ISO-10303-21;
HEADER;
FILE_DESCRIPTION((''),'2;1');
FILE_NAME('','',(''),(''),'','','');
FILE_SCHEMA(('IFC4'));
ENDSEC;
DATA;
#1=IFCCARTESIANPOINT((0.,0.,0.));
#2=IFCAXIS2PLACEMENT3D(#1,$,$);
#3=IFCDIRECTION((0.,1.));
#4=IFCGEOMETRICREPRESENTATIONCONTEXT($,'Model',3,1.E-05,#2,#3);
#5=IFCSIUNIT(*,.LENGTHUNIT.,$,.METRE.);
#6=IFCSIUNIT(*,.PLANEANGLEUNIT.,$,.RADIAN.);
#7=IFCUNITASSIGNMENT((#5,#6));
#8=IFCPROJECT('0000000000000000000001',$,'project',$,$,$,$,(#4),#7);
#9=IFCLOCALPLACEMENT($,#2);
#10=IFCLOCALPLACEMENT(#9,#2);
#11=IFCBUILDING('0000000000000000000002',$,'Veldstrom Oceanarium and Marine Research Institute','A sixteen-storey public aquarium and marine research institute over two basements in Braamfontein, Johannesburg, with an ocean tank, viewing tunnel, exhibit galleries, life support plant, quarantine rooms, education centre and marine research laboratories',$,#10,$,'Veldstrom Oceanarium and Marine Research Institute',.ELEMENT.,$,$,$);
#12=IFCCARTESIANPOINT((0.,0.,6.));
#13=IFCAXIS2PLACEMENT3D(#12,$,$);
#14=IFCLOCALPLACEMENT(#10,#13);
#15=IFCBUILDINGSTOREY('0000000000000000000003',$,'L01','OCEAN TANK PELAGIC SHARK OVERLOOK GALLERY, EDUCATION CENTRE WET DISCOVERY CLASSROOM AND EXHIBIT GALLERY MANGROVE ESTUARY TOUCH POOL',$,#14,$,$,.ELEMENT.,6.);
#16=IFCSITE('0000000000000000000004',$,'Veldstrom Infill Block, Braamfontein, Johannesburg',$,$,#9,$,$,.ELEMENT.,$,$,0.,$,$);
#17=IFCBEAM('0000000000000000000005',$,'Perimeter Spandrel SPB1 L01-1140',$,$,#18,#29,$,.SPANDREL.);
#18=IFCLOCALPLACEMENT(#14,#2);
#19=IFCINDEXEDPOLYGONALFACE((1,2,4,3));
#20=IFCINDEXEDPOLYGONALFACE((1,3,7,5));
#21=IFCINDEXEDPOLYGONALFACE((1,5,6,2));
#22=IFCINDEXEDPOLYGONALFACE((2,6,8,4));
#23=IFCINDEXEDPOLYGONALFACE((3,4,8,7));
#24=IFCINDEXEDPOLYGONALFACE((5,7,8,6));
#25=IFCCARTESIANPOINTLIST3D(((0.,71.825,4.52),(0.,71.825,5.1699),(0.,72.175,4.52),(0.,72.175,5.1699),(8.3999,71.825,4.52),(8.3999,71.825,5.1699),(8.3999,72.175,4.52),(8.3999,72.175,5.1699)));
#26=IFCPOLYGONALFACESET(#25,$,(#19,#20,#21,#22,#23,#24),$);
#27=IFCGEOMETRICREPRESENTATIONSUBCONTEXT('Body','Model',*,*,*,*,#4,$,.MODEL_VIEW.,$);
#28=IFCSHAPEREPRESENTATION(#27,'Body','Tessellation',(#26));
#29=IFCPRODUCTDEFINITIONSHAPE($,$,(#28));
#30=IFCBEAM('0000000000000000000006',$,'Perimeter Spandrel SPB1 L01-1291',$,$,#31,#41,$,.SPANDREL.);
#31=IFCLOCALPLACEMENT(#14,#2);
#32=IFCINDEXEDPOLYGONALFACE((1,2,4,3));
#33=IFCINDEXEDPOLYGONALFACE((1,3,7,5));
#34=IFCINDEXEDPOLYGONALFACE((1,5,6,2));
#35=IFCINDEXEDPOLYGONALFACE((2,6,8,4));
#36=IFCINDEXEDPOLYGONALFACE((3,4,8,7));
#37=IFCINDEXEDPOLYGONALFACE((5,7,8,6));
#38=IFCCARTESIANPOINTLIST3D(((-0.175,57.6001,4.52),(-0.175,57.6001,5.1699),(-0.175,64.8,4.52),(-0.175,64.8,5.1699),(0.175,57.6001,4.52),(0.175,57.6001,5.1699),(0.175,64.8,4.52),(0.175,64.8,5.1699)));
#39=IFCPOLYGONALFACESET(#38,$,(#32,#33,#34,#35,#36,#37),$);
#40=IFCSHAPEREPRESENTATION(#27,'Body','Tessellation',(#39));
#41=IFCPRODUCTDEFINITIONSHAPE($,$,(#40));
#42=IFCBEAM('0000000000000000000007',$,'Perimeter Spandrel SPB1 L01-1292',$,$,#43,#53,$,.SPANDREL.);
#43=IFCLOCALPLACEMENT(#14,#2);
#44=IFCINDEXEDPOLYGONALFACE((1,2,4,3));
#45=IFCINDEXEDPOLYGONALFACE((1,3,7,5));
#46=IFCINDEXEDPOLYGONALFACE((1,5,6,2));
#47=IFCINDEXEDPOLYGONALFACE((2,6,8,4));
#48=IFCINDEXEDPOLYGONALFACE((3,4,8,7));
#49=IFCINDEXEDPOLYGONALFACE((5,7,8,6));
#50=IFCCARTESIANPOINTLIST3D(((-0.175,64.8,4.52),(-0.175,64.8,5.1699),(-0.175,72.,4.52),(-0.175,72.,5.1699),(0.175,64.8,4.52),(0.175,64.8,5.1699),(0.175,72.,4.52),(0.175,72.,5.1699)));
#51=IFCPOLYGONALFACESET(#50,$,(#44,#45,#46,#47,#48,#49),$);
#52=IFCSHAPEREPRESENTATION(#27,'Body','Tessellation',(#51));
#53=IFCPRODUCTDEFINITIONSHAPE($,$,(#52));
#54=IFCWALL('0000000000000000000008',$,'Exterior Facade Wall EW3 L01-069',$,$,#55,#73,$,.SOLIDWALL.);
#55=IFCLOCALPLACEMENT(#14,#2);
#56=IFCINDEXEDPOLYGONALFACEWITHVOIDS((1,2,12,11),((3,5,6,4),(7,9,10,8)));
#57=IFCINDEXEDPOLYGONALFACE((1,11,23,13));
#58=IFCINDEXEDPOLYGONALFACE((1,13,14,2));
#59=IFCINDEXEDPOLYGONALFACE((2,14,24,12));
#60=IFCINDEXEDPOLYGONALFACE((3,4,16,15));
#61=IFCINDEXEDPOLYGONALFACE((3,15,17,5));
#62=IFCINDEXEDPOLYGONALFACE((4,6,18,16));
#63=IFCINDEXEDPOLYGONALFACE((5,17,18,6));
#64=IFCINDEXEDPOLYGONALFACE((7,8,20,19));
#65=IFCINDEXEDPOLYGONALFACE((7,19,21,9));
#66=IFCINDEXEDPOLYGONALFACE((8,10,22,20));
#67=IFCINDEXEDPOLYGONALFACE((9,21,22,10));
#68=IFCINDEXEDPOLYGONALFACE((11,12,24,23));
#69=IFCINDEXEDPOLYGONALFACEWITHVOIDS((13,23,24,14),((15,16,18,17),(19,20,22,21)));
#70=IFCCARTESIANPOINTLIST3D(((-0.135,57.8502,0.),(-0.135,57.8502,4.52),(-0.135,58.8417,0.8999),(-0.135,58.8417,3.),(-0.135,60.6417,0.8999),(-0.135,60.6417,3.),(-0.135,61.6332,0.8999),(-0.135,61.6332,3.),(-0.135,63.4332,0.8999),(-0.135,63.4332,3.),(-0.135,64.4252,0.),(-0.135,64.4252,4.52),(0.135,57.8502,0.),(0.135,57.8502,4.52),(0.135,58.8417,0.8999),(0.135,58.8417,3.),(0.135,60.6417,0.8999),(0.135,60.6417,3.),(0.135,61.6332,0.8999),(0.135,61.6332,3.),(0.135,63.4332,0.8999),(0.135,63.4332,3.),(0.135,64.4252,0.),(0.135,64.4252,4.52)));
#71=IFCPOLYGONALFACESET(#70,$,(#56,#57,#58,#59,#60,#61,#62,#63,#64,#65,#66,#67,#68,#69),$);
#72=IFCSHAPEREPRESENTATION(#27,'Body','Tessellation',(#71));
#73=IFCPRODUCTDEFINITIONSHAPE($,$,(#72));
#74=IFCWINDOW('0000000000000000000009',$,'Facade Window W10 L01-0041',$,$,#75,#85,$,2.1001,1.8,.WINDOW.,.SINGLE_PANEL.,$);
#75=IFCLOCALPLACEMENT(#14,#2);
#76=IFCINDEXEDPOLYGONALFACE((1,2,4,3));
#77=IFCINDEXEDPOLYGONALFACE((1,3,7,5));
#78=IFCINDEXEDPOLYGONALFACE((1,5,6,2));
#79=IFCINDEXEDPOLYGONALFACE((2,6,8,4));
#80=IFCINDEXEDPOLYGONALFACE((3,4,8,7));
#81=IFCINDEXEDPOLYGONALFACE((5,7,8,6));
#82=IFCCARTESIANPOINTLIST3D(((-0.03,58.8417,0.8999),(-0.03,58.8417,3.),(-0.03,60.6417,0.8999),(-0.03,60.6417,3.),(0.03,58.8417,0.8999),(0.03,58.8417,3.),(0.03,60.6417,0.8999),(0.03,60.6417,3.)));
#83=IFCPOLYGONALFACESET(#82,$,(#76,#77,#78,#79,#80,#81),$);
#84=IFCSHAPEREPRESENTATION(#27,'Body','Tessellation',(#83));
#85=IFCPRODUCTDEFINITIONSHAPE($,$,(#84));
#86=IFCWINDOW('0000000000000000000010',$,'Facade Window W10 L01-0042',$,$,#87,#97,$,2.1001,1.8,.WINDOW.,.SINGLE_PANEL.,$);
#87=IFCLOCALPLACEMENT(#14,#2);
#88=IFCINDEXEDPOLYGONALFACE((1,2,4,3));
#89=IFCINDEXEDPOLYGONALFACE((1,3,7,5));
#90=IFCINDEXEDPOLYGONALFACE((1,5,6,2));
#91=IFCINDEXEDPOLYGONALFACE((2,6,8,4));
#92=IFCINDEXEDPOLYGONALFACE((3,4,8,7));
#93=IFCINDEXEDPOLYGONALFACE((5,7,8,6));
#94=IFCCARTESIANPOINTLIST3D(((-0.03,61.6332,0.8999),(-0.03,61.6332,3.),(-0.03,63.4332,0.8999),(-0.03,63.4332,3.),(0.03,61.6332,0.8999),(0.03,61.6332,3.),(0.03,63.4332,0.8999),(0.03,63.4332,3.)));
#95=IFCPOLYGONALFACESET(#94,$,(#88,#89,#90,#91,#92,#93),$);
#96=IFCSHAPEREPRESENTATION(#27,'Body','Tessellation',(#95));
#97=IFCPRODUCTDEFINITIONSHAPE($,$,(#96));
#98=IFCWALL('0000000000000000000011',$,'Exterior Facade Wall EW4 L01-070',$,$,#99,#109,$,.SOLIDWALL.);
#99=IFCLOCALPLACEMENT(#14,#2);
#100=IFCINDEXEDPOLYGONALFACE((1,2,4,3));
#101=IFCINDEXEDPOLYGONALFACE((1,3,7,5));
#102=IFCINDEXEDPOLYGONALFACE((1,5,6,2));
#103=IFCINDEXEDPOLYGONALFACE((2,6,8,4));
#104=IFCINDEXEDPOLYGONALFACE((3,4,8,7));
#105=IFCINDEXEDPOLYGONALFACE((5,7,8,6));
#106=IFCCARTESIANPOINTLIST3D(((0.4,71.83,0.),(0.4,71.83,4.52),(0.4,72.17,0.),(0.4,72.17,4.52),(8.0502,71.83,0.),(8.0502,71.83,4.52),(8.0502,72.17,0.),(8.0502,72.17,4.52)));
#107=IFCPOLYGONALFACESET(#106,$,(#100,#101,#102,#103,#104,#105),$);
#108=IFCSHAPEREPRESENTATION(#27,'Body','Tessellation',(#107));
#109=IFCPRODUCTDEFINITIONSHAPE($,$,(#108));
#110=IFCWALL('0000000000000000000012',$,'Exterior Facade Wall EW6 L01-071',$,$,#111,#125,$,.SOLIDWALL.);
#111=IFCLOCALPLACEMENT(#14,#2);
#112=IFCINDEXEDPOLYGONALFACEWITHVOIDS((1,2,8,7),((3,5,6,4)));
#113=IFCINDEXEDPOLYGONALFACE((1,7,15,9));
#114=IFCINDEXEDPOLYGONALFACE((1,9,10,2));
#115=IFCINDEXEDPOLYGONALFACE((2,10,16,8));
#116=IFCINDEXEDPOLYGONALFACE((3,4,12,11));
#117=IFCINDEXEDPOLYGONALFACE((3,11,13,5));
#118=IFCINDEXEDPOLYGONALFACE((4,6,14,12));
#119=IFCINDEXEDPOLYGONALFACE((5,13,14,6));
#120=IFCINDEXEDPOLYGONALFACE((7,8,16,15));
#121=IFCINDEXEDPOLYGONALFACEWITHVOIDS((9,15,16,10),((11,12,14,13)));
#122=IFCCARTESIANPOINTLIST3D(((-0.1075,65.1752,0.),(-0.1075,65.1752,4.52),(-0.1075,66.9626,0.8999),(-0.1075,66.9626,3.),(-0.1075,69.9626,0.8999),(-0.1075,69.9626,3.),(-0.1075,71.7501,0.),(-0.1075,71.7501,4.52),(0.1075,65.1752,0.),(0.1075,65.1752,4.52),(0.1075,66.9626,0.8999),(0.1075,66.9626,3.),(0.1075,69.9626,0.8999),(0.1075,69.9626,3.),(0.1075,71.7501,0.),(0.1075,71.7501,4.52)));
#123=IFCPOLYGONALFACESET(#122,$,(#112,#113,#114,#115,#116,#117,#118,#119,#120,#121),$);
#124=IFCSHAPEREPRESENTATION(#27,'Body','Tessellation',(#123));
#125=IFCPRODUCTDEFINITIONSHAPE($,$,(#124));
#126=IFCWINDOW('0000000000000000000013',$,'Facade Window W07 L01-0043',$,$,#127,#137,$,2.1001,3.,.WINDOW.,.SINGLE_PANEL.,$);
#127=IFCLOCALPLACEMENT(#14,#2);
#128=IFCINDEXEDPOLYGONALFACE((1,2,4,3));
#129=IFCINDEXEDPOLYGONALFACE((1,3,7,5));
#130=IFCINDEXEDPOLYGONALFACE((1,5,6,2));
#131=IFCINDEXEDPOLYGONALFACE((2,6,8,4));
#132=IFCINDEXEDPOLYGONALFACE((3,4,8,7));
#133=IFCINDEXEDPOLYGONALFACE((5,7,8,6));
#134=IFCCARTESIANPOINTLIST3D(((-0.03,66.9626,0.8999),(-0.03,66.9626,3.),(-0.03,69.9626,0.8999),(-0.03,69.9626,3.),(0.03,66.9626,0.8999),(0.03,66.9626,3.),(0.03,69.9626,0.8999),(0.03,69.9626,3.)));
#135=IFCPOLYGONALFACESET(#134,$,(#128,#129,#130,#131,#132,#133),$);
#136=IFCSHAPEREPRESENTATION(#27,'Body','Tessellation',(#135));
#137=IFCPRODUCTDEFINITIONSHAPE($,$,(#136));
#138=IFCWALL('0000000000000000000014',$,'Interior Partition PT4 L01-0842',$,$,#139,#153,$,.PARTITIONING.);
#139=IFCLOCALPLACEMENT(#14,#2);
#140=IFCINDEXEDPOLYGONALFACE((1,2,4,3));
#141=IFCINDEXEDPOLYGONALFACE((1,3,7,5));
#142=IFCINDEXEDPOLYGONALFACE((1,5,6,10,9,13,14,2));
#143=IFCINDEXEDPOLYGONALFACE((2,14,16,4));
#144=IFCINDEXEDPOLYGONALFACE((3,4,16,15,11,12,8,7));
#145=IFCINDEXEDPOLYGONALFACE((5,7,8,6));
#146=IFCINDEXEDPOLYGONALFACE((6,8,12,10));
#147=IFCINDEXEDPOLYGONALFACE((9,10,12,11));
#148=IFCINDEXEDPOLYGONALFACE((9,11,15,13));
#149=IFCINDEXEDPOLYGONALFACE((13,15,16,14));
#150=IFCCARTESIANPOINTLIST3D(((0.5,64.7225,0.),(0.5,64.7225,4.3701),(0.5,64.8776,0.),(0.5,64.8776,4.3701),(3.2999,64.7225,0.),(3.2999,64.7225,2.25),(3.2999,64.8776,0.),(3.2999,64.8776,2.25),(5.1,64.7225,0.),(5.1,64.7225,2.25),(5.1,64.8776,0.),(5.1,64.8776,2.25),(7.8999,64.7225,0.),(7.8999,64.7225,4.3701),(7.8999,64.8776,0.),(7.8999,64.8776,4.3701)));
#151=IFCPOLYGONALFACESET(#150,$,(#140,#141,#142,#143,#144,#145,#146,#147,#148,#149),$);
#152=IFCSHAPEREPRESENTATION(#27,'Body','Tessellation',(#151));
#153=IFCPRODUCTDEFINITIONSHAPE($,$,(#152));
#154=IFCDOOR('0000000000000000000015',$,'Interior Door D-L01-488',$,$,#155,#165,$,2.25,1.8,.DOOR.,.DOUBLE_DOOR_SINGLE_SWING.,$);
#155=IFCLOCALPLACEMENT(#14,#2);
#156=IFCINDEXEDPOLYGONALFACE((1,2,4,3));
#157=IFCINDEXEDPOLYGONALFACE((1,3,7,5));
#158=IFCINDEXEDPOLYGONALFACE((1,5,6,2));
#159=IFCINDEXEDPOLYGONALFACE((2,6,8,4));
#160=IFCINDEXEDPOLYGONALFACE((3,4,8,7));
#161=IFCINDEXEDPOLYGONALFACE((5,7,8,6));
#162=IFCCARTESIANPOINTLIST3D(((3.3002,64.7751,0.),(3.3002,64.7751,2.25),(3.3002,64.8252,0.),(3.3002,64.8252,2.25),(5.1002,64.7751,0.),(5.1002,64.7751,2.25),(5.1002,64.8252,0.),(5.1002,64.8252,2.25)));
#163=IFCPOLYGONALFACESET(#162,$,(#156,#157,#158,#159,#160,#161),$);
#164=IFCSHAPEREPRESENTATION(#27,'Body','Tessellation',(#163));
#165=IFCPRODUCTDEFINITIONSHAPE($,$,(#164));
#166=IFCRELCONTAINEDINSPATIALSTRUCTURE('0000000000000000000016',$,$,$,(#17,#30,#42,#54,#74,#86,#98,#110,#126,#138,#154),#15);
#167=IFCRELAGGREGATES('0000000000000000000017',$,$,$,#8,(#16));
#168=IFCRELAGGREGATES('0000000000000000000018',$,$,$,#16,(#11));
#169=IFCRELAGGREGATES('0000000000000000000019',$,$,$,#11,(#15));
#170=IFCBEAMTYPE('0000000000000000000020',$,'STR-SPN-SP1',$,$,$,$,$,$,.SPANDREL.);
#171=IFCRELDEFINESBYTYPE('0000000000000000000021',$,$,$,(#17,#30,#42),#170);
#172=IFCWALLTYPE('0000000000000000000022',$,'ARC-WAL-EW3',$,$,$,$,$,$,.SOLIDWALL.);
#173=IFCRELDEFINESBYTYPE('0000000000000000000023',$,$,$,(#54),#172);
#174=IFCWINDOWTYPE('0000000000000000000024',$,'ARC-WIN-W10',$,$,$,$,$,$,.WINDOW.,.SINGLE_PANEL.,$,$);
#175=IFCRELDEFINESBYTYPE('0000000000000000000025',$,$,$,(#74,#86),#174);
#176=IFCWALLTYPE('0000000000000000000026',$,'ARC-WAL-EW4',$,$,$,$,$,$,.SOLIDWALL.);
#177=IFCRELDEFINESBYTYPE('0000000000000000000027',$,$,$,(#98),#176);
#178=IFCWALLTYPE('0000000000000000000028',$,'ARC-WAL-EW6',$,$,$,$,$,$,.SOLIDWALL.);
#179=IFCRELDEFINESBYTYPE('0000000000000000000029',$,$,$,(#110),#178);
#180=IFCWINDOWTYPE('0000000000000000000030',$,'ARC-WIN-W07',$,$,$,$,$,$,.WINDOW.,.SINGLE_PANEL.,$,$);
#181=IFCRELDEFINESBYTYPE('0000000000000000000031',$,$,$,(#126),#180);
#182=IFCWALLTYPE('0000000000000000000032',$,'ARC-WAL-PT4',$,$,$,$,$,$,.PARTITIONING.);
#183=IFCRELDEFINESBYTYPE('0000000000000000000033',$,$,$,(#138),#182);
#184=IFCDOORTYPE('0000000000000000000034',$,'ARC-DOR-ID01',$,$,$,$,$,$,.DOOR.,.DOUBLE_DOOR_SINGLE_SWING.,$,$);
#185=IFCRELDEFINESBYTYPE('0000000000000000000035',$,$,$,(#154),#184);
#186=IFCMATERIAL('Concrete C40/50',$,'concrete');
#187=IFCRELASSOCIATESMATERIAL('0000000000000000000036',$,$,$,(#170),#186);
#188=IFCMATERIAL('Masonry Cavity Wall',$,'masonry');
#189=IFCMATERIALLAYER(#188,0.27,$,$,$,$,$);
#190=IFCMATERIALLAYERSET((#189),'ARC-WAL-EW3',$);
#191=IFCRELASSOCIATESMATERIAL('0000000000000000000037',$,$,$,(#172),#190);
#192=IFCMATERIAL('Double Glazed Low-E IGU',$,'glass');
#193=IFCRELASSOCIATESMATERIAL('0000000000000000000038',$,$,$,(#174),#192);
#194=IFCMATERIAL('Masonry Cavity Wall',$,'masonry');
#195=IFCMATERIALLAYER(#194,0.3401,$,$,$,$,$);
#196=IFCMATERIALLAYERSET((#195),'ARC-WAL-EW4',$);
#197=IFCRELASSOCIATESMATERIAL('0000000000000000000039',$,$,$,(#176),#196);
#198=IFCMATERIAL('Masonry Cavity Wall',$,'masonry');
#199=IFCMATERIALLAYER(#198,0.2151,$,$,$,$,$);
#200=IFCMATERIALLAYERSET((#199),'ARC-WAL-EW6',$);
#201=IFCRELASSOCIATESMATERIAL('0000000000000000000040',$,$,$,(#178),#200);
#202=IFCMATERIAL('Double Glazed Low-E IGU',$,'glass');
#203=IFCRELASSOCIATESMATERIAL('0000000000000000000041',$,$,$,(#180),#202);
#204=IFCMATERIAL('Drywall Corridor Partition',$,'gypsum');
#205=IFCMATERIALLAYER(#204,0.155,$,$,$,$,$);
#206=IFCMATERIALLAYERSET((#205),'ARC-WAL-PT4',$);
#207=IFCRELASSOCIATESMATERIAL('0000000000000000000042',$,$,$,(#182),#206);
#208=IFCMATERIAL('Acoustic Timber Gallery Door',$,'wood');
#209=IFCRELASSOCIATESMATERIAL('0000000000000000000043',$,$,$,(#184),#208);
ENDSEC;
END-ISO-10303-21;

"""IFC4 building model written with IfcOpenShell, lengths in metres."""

from ifc_helpers import new_model, si_unit, direction, frame, frame_2d, origin, origin_2d, place, context, subcontext, project, spatial, rectangle, extrude, material, layer, layer_set, material_profile, profile_set, type_object, element, fill, save


model = new_model("IFC4")

# Units and contexts
model_context = context("Model", 3, precision=1e-05, world=origin(), true_north=direction((0.0, 1.0)))
body_context = subcontext(model_context, "Body", "Model", "MODEL_VIEW")
ifc_project = project(units=[si_unit("LENGTHUNIT", "METRE"), si_unit("PLANEANGLEUNIT", "RADIAN")], contexts=[model_context])

# Site, building, storey
site_placement = place(None, origin())
site = spatial("IfcSite", under=ifc_project, at=site_placement, Name="Veldstrom Infill Block, Braamfontein, Johannesburg", CompositionType="ELEMENT", RefElevation=0.0)
building_placement = place(site_placement, origin())
building = spatial("IfcBuilding", under=site, at=building_placement, Name="Veldstrom Oceanarium and Marine Research Institute", Description="A sixteen-storey public aquarium and marine research institute over two basements in Braamfontein, Johannesburg, with an ocean tank, viewing tunnel, exhibit galleries, life support plant, quarantine rooms, education centre and marine research laboratories", LongName="Veldstrom Oceanarium and Marine Research Institute", CompositionType="ELEMENT")
storey_placement = place(building_placement, frame((0.0, 0.0, 6.0)))
storey = spatial("IfcBuildingStorey", under=building, at=storey_placement, Name="L01", Description="OCEAN TANK PELAGIC SHARK OVERLOOK GALLERY, EDUCATION CENTRE WET DISCOVERY CLASSROOM AND EXHIBIT GALLERY MANGROVE ESTUARY TOUCH POOL", CompositionType="ELEMENT", Elevation=6.0)

# Beams
ifc_material_1 = material(Name="Concrete C40/50", Category="concrete")
ifc_material_profile_1 = material_profile(ifc_material_1, rectangle(XDim=0.3501, YDim=0.6499, at=origin_2d()), Name="RC-SPN-350x650")
ifc_profile_set_1 = profile_set([ifc_material_profile_1], Name="Concrete C40/50")
beam_type_1 = type_object("IfcBeamType", Name="STR-SPN-SP1", PredefinedType="SPANDREL", material=ifc_profile_set_1)
beam_1_placement = place(storey_placement, frame((0.0, 72.0, 4.845), z_axis=(1.0, 0.0, 0.0), x_axis=(0.0, 1.0, 0.0)))
element("IfcBeam", 1, at=beam_1_placement, inside=storey, type_object=beam_type_1, Name="Perimeter Spandrel SPB1 L01-1140", PredefinedType="SPANDREL", context=body_context, shape_type="SweptSolid", body=[
    extrude(rectangle(XDim=0.3501, YDim=0.6499, at=origin_2d()), origin(), (0.0, 0.0, 1.0), 8.3999),
])
for number, where, z_axis, x_axis, name in (
    (2, (0.0, 57.6001, 4.845), (0.0, 1.0, 0.0), (-1.0, 0.0, 0.0), "Perimeter Spandrel SPB1 L01-1291"),
    (3, (0.0, 64.8, 4.845), (0.0, 1.0, 0.0), (-1.0, 0.0, 0.0), "Perimeter Spandrel SPB1 L01-1292"),
):
    element("IfcBeam", number, at=place(storey_placement, frame(where, z_axis=z_axis, x_axis=x_axis)), inside=storey, type_object=beam_type_1, Name=name, PredefinedType="SPANDREL", context=body_context, shape_type="SweptSolid", body=[
        extrude(rectangle(XDim=0.3501, YDim=0.6499, at=origin_2d()), origin(), (0.0, 0.0, 1.0), 7.2),
    ])

# Wall, openings, windows
ifc_material_2 = material(Name="Masonry Cavity Wall", Category="masonry")
ifc_layer_1 = layer(ifc_material_2, 0.27)
ifc_layer_set_1 = layer_set([ifc_layer_1], Name="ARC-WAL-EW3")
wall_type_1 = type_object("IfcWallType", Name="ARC-WAL-EW3", PredefinedType="SOLIDWALL", material=ifc_layer_set_1)
wall_1_placement = place(storey_placement, frame((0.0, 57.8501, 0.0), z_axis=(0.0, 0.0, 1.0), x_axis=(0.0, 1.0, 0.0)))
wall_1 = element("IfcWall", 4, at=wall_1_placement, inside=storey, type_object=wall_type_1, Name="Exterior Facade Wall EW3 L01-069", PredefinedType="SOLIDWALL", context=body_context, shape_type="SweptSolid", body=[
    extrude(rectangle(XDim=6.575, YDim=0.27, at=frame_2d((3.2876, 0.0))), origin(), (0.0, 0.0, 1.0), 4.52),
])
opening_1_placement = place(wall_1_placement, frame((0.9917, 0.0, 0.8999)))
opening_1 = element("IfcOpeningElement", 5, at=opening_1_placement, cuts=wall_1, PredefinedType="OPENING", context=body_context, shape_type="SweptSolid", body=[
    extrude(rectangle(XDim=1.8, YDim=2.1001, at=frame_2d((0.8999, 1.05))), frame((0.0, 0.145, 0.0), z_axis=(0.0, -1.0, 0.0), x_axis=(1.0, 0.0, 0.0)), (0.0, 0.0, 1.0), 0.29),
])
opening_2_placement = place(wall_1_placement, frame((3.7832, 0.0, 0.8999)))
opening_2 = element("IfcOpeningElement", 6, at=opening_2_placement, cuts=wall_1, PredefinedType="OPENING", context=body_context, shape_type="SweptSolid", body=[
    extrude(rectangle(XDim=1.8, YDim=2.1001, at=frame_2d((0.8999, 1.05))), frame((0.0, 0.145, 0.0), z_axis=(0.0, -1.0, 0.0), x_axis=(1.0, 0.0, 0.0)), (0.0, 0.0, 1.0), 0.29),
])
ifc_material_3 = material(Name="Double Glazed Low-E IGU", Category="glass")
window_type_1 = type_object("IfcWindowType", Name="ARC-WIN-W10", PartitioningType="SINGLE_PANEL", PredefinedType="WINDOW", material=ifc_material_3)
window_1_placement = place(opening_1_placement, origin())
window_1 = element("IfcWindow", 7, at=window_1_placement, inside=storey, type_object=window_type_1, Name="Facade Window W10 L01-0041", OverallHeight=2.1001, OverallWidth=1.8, PartitioningType="SINGLE_PANEL", PredefinedType="WINDOW", context=body_context, shape_type="SweptSolid", body=[
    extrude(rectangle(XDim=1.8, YDim=2.1001, at=frame_2d((0.8999, 1.05))), frame((0.0, 0.03, 0.0), z_axis=(0.0, -1.0, 0.0), x_axis=(1.0, 0.0, 0.0)), (0.0, 0.0, 1.0), 0.0601),
])
fill(opening_1, window_1)
window_2_placement = place(opening_2_placement, origin())
window_2 = element("IfcWindow", 8, at=window_2_placement, inside=storey, type_object=window_type_1, Name="Facade Window W10 L01-0042", OverallHeight=2.1001, OverallWidth=1.8, PartitioningType="SINGLE_PANEL", PredefinedType="WINDOW", context=body_context, shape_type="SweptSolid", body=[
    extrude(rectangle(XDim=1.8, YDim=2.1001, at=frame_2d((0.8999, 1.05))), frame((0.0, 0.03, 0.0), z_axis=(0.0, -1.0, 0.0), x_axis=(1.0, 0.0, 0.0)), (0.0, 0.0, 1.0), 0.0601),
])
fill(opening_2, window_2)

# Wall
ifc_material_4 = material(Name="Masonry Cavity Wall", Category="masonry")
ifc_layer_2 = layer(ifc_material_4, 0.3401)
ifc_layer_set_2 = layer_set([ifc_layer_2], Name="ARC-WAL-EW4")
wall_type_2 = type_object("IfcWallType", Name="ARC-WAL-EW4", PredefinedType="SOLIDWALL", material=ifc_layer_set_2)
wall_2_placement = place(storey_placement, frame((0.3999, 72.0, 0.0), z_axis=(0.0, 0.0, 1.0), x_axis=(1.0, 0.0, 0.0)))
element("IfcWall", 9, at=wall_2_placement, inside=storey, type_object=wall_type_2, Name="Exterior Facade Wall EW4 L01-070", PredefinedType="SOLIDWALL", context=body_context, shape_type="SweptSolid", body=[
    extrude(rectangle(XDim=7.6501, YDim=0.3401, at=frame_2d((3.8252, 0.0))), origin(), (0.0, 0.0, 1.0), 4.52),
])

# Wall, opening, window
ifc_material_5 = material(Name="Masonry Cavity Wall", Category="masonry")
ifc_layer_3 = layer(ifc_material_5, 0.2151)
ifc_layer_set_3 = layer_set([ifc_layer_3], Name="ARC-WAL-EW6")
wall_type_3 = type_object("IfcWallType", Name="ARC-WAL-EW6", PredefinedType="SOLIDWALL", material=ifc_layer_set_3)
wall_3_placement = place(storey_placement, frame((0.0, 65.175, 0.0), z_axis=(0.0, 0.0, 1.0), x_axis=(0.0, 1.0, 0.0)))
wall_3 = element("IfcWall", 10, at=wall_3_placement, inside=storey, type_object=wall_type_3, Name="Exterior Facade Wall EW6 L01-071", PredefinedType="SOLIDWALL", context=body_context, shape_type="SweptSolid", body=[
    extrude(rectangle(XDim=6.575, YDim=0.2151, at=frame_2d((3.2876, 0.0))), origin(), (0.0, 0.0, 1.0), 4.52),
])
opening_3_placement = place(wall_3_placement, frame((1.7876, 0.0, 0.8999)))
opening_3 = element("IfcOpeningElement", 11, at=opening_3_placement, cuts=wall_3, PredefinedType="OPENING", context=body_context, shape_type="SweptSolid", body=[
    extrude(rectangle(XDim=3.0, YDim=2.1001, at=frame_2d((1.5, 1.05))), frame((0.0, 0.1174, 0.0), z_axis=(0.0, -1.0, 0.0), x_axis=(1.0, 0.0, 0.0)), (0.0, 0.0, 1.0), 0.2351),
])
ifc_material_6 = material(Name="Double Glazed Low-E IGU", Category="glass")
window_type_2 = type_object("IfcWindowType", Name="ARC-WIN-W07", PartitioningType="SINGLE_PANEL", PredefinedType="WINDOW", material=ifc_material_6)
window_3_placement = place(opening_3_placement, origin())
window_3 = element("IfcWindow", 12, at=window_3_placement, inside=storey, type_object=window_type_2, Name="Facade Window W07 L01-0043", OverallHeight=2.1001, OverallWidth=3.0, PartitioningType="SINGLE_PANEL", PredefinedType="WINDOW", context=body_context, shape_type="SweptSolid", body=[
    extrude(rectangle(XDim=3.0, YDim=2.1001, at=frame_2d((1.5, 1.05))), frame((0.0, 0.03, 0.0), z_axis=(0.0, -1.0, 0.0), x_axis=(1.0, 0.0, 0.0)), (0.0, 0.0, 1.0), 0.0601),
])
fill(opening_3, window_3)

# Wall, opening, door
ifc_material_7 = material(Name="Drywall Corridor Partition", Category="gypsum")
ifc_layer_4 = layer(ifc_material_7, 0.155)
ifc_layer_set_4 = layer_set([ifc_layer_4], Name="ARC-WAL-PT4")
wall_type_4 = type_object("IfcWallType", Name="ARC-WAL-PT4", PredefinedType="PARTITIONING", material=ifc_layer_set_4)
wall_4_placement = place(storey_placement, frame((0.5, 64.8, 0.0), z_axis=(0.0, 0.0, 1.0), x_axis=(1.0, 0.0, 0.0)))
wall_4 = element("IfcWall", 13, at=wall_4_placement, inside=storey, type_object=wall_type_4, Name="Interior Partition PT4 L01-0842", PredefinedType="PARTITIONING", context=body_context, shape_type="SweptSolid", body=[
    extrude(rectangle(XDim=7.3999, YDim=0.155, at=frame_2d((3.7, 0.0))), origin(), (0.0, 0.0, 1.0), 4.3701),
])
opening_4_placement = place(wall_4_placement, frame((2.8, 0.0, 0.0)))
opening_4 = element("IfcOpeningElement", 14, at=opening_4_placement, cuts=wall_4, PredefinedType="OPENING", context=body_context, shape_type="SweptSolid", body=[
    extrude(rectangle(XDim=1.8, YDim=2.25, at=frame_2d((0.8999, 1.125))), frame((0.0, 0.0874, 0.0), z_axis=(0.0, -1.0, 0.0), x_axis=(1.0, 0.0, 0.0)), (0.0, 0.0, 1.0), 0.175),
])
ifc_material_8 = material(Name="Acoustic Timber Gallery Door", Category="wood")
door_type_1 = type_object("IfcDoorType", Name="ARC-DOR-ID01", OperationType="DOUBLE_DOOR_SINGLE_SWING", PredefinedType="DOOR", material=ifc_material_8)
door_1_placement = place(opening_4_placement, frame((1.8, 0.0, 0.0), z_axis=(0.0, 0.0, 1.0), x_axis=(-1.0, 0.0, 0.0)))
door_1 = element("IfcDoor", 15, at=door_1_placement, inside=storey, type_object=door_type_1, Name="Interior Door D-L01-488", OperationType="DOUBLE_DOOR_SINGLE_SWING", OverallHeight=2.25, OverallWidth=1.8, PredefinedType="DOOR", context=body_context, shape_type="SweptSolid", body=[
    extrude(rectangle(XDim=1.8, YDim=2.25, at=frame_2d((0.8999, 1.125))), frame((0.0, 0.0249, 0.0), z_axis=(0.0, -1.0, 0.0), x_axis=(1.0, 0.0, 0.0)), (0.0, 0.0, 1.0), 0.05),
])
fill(opening_4, door_1)

save(model, "model.ifc")
